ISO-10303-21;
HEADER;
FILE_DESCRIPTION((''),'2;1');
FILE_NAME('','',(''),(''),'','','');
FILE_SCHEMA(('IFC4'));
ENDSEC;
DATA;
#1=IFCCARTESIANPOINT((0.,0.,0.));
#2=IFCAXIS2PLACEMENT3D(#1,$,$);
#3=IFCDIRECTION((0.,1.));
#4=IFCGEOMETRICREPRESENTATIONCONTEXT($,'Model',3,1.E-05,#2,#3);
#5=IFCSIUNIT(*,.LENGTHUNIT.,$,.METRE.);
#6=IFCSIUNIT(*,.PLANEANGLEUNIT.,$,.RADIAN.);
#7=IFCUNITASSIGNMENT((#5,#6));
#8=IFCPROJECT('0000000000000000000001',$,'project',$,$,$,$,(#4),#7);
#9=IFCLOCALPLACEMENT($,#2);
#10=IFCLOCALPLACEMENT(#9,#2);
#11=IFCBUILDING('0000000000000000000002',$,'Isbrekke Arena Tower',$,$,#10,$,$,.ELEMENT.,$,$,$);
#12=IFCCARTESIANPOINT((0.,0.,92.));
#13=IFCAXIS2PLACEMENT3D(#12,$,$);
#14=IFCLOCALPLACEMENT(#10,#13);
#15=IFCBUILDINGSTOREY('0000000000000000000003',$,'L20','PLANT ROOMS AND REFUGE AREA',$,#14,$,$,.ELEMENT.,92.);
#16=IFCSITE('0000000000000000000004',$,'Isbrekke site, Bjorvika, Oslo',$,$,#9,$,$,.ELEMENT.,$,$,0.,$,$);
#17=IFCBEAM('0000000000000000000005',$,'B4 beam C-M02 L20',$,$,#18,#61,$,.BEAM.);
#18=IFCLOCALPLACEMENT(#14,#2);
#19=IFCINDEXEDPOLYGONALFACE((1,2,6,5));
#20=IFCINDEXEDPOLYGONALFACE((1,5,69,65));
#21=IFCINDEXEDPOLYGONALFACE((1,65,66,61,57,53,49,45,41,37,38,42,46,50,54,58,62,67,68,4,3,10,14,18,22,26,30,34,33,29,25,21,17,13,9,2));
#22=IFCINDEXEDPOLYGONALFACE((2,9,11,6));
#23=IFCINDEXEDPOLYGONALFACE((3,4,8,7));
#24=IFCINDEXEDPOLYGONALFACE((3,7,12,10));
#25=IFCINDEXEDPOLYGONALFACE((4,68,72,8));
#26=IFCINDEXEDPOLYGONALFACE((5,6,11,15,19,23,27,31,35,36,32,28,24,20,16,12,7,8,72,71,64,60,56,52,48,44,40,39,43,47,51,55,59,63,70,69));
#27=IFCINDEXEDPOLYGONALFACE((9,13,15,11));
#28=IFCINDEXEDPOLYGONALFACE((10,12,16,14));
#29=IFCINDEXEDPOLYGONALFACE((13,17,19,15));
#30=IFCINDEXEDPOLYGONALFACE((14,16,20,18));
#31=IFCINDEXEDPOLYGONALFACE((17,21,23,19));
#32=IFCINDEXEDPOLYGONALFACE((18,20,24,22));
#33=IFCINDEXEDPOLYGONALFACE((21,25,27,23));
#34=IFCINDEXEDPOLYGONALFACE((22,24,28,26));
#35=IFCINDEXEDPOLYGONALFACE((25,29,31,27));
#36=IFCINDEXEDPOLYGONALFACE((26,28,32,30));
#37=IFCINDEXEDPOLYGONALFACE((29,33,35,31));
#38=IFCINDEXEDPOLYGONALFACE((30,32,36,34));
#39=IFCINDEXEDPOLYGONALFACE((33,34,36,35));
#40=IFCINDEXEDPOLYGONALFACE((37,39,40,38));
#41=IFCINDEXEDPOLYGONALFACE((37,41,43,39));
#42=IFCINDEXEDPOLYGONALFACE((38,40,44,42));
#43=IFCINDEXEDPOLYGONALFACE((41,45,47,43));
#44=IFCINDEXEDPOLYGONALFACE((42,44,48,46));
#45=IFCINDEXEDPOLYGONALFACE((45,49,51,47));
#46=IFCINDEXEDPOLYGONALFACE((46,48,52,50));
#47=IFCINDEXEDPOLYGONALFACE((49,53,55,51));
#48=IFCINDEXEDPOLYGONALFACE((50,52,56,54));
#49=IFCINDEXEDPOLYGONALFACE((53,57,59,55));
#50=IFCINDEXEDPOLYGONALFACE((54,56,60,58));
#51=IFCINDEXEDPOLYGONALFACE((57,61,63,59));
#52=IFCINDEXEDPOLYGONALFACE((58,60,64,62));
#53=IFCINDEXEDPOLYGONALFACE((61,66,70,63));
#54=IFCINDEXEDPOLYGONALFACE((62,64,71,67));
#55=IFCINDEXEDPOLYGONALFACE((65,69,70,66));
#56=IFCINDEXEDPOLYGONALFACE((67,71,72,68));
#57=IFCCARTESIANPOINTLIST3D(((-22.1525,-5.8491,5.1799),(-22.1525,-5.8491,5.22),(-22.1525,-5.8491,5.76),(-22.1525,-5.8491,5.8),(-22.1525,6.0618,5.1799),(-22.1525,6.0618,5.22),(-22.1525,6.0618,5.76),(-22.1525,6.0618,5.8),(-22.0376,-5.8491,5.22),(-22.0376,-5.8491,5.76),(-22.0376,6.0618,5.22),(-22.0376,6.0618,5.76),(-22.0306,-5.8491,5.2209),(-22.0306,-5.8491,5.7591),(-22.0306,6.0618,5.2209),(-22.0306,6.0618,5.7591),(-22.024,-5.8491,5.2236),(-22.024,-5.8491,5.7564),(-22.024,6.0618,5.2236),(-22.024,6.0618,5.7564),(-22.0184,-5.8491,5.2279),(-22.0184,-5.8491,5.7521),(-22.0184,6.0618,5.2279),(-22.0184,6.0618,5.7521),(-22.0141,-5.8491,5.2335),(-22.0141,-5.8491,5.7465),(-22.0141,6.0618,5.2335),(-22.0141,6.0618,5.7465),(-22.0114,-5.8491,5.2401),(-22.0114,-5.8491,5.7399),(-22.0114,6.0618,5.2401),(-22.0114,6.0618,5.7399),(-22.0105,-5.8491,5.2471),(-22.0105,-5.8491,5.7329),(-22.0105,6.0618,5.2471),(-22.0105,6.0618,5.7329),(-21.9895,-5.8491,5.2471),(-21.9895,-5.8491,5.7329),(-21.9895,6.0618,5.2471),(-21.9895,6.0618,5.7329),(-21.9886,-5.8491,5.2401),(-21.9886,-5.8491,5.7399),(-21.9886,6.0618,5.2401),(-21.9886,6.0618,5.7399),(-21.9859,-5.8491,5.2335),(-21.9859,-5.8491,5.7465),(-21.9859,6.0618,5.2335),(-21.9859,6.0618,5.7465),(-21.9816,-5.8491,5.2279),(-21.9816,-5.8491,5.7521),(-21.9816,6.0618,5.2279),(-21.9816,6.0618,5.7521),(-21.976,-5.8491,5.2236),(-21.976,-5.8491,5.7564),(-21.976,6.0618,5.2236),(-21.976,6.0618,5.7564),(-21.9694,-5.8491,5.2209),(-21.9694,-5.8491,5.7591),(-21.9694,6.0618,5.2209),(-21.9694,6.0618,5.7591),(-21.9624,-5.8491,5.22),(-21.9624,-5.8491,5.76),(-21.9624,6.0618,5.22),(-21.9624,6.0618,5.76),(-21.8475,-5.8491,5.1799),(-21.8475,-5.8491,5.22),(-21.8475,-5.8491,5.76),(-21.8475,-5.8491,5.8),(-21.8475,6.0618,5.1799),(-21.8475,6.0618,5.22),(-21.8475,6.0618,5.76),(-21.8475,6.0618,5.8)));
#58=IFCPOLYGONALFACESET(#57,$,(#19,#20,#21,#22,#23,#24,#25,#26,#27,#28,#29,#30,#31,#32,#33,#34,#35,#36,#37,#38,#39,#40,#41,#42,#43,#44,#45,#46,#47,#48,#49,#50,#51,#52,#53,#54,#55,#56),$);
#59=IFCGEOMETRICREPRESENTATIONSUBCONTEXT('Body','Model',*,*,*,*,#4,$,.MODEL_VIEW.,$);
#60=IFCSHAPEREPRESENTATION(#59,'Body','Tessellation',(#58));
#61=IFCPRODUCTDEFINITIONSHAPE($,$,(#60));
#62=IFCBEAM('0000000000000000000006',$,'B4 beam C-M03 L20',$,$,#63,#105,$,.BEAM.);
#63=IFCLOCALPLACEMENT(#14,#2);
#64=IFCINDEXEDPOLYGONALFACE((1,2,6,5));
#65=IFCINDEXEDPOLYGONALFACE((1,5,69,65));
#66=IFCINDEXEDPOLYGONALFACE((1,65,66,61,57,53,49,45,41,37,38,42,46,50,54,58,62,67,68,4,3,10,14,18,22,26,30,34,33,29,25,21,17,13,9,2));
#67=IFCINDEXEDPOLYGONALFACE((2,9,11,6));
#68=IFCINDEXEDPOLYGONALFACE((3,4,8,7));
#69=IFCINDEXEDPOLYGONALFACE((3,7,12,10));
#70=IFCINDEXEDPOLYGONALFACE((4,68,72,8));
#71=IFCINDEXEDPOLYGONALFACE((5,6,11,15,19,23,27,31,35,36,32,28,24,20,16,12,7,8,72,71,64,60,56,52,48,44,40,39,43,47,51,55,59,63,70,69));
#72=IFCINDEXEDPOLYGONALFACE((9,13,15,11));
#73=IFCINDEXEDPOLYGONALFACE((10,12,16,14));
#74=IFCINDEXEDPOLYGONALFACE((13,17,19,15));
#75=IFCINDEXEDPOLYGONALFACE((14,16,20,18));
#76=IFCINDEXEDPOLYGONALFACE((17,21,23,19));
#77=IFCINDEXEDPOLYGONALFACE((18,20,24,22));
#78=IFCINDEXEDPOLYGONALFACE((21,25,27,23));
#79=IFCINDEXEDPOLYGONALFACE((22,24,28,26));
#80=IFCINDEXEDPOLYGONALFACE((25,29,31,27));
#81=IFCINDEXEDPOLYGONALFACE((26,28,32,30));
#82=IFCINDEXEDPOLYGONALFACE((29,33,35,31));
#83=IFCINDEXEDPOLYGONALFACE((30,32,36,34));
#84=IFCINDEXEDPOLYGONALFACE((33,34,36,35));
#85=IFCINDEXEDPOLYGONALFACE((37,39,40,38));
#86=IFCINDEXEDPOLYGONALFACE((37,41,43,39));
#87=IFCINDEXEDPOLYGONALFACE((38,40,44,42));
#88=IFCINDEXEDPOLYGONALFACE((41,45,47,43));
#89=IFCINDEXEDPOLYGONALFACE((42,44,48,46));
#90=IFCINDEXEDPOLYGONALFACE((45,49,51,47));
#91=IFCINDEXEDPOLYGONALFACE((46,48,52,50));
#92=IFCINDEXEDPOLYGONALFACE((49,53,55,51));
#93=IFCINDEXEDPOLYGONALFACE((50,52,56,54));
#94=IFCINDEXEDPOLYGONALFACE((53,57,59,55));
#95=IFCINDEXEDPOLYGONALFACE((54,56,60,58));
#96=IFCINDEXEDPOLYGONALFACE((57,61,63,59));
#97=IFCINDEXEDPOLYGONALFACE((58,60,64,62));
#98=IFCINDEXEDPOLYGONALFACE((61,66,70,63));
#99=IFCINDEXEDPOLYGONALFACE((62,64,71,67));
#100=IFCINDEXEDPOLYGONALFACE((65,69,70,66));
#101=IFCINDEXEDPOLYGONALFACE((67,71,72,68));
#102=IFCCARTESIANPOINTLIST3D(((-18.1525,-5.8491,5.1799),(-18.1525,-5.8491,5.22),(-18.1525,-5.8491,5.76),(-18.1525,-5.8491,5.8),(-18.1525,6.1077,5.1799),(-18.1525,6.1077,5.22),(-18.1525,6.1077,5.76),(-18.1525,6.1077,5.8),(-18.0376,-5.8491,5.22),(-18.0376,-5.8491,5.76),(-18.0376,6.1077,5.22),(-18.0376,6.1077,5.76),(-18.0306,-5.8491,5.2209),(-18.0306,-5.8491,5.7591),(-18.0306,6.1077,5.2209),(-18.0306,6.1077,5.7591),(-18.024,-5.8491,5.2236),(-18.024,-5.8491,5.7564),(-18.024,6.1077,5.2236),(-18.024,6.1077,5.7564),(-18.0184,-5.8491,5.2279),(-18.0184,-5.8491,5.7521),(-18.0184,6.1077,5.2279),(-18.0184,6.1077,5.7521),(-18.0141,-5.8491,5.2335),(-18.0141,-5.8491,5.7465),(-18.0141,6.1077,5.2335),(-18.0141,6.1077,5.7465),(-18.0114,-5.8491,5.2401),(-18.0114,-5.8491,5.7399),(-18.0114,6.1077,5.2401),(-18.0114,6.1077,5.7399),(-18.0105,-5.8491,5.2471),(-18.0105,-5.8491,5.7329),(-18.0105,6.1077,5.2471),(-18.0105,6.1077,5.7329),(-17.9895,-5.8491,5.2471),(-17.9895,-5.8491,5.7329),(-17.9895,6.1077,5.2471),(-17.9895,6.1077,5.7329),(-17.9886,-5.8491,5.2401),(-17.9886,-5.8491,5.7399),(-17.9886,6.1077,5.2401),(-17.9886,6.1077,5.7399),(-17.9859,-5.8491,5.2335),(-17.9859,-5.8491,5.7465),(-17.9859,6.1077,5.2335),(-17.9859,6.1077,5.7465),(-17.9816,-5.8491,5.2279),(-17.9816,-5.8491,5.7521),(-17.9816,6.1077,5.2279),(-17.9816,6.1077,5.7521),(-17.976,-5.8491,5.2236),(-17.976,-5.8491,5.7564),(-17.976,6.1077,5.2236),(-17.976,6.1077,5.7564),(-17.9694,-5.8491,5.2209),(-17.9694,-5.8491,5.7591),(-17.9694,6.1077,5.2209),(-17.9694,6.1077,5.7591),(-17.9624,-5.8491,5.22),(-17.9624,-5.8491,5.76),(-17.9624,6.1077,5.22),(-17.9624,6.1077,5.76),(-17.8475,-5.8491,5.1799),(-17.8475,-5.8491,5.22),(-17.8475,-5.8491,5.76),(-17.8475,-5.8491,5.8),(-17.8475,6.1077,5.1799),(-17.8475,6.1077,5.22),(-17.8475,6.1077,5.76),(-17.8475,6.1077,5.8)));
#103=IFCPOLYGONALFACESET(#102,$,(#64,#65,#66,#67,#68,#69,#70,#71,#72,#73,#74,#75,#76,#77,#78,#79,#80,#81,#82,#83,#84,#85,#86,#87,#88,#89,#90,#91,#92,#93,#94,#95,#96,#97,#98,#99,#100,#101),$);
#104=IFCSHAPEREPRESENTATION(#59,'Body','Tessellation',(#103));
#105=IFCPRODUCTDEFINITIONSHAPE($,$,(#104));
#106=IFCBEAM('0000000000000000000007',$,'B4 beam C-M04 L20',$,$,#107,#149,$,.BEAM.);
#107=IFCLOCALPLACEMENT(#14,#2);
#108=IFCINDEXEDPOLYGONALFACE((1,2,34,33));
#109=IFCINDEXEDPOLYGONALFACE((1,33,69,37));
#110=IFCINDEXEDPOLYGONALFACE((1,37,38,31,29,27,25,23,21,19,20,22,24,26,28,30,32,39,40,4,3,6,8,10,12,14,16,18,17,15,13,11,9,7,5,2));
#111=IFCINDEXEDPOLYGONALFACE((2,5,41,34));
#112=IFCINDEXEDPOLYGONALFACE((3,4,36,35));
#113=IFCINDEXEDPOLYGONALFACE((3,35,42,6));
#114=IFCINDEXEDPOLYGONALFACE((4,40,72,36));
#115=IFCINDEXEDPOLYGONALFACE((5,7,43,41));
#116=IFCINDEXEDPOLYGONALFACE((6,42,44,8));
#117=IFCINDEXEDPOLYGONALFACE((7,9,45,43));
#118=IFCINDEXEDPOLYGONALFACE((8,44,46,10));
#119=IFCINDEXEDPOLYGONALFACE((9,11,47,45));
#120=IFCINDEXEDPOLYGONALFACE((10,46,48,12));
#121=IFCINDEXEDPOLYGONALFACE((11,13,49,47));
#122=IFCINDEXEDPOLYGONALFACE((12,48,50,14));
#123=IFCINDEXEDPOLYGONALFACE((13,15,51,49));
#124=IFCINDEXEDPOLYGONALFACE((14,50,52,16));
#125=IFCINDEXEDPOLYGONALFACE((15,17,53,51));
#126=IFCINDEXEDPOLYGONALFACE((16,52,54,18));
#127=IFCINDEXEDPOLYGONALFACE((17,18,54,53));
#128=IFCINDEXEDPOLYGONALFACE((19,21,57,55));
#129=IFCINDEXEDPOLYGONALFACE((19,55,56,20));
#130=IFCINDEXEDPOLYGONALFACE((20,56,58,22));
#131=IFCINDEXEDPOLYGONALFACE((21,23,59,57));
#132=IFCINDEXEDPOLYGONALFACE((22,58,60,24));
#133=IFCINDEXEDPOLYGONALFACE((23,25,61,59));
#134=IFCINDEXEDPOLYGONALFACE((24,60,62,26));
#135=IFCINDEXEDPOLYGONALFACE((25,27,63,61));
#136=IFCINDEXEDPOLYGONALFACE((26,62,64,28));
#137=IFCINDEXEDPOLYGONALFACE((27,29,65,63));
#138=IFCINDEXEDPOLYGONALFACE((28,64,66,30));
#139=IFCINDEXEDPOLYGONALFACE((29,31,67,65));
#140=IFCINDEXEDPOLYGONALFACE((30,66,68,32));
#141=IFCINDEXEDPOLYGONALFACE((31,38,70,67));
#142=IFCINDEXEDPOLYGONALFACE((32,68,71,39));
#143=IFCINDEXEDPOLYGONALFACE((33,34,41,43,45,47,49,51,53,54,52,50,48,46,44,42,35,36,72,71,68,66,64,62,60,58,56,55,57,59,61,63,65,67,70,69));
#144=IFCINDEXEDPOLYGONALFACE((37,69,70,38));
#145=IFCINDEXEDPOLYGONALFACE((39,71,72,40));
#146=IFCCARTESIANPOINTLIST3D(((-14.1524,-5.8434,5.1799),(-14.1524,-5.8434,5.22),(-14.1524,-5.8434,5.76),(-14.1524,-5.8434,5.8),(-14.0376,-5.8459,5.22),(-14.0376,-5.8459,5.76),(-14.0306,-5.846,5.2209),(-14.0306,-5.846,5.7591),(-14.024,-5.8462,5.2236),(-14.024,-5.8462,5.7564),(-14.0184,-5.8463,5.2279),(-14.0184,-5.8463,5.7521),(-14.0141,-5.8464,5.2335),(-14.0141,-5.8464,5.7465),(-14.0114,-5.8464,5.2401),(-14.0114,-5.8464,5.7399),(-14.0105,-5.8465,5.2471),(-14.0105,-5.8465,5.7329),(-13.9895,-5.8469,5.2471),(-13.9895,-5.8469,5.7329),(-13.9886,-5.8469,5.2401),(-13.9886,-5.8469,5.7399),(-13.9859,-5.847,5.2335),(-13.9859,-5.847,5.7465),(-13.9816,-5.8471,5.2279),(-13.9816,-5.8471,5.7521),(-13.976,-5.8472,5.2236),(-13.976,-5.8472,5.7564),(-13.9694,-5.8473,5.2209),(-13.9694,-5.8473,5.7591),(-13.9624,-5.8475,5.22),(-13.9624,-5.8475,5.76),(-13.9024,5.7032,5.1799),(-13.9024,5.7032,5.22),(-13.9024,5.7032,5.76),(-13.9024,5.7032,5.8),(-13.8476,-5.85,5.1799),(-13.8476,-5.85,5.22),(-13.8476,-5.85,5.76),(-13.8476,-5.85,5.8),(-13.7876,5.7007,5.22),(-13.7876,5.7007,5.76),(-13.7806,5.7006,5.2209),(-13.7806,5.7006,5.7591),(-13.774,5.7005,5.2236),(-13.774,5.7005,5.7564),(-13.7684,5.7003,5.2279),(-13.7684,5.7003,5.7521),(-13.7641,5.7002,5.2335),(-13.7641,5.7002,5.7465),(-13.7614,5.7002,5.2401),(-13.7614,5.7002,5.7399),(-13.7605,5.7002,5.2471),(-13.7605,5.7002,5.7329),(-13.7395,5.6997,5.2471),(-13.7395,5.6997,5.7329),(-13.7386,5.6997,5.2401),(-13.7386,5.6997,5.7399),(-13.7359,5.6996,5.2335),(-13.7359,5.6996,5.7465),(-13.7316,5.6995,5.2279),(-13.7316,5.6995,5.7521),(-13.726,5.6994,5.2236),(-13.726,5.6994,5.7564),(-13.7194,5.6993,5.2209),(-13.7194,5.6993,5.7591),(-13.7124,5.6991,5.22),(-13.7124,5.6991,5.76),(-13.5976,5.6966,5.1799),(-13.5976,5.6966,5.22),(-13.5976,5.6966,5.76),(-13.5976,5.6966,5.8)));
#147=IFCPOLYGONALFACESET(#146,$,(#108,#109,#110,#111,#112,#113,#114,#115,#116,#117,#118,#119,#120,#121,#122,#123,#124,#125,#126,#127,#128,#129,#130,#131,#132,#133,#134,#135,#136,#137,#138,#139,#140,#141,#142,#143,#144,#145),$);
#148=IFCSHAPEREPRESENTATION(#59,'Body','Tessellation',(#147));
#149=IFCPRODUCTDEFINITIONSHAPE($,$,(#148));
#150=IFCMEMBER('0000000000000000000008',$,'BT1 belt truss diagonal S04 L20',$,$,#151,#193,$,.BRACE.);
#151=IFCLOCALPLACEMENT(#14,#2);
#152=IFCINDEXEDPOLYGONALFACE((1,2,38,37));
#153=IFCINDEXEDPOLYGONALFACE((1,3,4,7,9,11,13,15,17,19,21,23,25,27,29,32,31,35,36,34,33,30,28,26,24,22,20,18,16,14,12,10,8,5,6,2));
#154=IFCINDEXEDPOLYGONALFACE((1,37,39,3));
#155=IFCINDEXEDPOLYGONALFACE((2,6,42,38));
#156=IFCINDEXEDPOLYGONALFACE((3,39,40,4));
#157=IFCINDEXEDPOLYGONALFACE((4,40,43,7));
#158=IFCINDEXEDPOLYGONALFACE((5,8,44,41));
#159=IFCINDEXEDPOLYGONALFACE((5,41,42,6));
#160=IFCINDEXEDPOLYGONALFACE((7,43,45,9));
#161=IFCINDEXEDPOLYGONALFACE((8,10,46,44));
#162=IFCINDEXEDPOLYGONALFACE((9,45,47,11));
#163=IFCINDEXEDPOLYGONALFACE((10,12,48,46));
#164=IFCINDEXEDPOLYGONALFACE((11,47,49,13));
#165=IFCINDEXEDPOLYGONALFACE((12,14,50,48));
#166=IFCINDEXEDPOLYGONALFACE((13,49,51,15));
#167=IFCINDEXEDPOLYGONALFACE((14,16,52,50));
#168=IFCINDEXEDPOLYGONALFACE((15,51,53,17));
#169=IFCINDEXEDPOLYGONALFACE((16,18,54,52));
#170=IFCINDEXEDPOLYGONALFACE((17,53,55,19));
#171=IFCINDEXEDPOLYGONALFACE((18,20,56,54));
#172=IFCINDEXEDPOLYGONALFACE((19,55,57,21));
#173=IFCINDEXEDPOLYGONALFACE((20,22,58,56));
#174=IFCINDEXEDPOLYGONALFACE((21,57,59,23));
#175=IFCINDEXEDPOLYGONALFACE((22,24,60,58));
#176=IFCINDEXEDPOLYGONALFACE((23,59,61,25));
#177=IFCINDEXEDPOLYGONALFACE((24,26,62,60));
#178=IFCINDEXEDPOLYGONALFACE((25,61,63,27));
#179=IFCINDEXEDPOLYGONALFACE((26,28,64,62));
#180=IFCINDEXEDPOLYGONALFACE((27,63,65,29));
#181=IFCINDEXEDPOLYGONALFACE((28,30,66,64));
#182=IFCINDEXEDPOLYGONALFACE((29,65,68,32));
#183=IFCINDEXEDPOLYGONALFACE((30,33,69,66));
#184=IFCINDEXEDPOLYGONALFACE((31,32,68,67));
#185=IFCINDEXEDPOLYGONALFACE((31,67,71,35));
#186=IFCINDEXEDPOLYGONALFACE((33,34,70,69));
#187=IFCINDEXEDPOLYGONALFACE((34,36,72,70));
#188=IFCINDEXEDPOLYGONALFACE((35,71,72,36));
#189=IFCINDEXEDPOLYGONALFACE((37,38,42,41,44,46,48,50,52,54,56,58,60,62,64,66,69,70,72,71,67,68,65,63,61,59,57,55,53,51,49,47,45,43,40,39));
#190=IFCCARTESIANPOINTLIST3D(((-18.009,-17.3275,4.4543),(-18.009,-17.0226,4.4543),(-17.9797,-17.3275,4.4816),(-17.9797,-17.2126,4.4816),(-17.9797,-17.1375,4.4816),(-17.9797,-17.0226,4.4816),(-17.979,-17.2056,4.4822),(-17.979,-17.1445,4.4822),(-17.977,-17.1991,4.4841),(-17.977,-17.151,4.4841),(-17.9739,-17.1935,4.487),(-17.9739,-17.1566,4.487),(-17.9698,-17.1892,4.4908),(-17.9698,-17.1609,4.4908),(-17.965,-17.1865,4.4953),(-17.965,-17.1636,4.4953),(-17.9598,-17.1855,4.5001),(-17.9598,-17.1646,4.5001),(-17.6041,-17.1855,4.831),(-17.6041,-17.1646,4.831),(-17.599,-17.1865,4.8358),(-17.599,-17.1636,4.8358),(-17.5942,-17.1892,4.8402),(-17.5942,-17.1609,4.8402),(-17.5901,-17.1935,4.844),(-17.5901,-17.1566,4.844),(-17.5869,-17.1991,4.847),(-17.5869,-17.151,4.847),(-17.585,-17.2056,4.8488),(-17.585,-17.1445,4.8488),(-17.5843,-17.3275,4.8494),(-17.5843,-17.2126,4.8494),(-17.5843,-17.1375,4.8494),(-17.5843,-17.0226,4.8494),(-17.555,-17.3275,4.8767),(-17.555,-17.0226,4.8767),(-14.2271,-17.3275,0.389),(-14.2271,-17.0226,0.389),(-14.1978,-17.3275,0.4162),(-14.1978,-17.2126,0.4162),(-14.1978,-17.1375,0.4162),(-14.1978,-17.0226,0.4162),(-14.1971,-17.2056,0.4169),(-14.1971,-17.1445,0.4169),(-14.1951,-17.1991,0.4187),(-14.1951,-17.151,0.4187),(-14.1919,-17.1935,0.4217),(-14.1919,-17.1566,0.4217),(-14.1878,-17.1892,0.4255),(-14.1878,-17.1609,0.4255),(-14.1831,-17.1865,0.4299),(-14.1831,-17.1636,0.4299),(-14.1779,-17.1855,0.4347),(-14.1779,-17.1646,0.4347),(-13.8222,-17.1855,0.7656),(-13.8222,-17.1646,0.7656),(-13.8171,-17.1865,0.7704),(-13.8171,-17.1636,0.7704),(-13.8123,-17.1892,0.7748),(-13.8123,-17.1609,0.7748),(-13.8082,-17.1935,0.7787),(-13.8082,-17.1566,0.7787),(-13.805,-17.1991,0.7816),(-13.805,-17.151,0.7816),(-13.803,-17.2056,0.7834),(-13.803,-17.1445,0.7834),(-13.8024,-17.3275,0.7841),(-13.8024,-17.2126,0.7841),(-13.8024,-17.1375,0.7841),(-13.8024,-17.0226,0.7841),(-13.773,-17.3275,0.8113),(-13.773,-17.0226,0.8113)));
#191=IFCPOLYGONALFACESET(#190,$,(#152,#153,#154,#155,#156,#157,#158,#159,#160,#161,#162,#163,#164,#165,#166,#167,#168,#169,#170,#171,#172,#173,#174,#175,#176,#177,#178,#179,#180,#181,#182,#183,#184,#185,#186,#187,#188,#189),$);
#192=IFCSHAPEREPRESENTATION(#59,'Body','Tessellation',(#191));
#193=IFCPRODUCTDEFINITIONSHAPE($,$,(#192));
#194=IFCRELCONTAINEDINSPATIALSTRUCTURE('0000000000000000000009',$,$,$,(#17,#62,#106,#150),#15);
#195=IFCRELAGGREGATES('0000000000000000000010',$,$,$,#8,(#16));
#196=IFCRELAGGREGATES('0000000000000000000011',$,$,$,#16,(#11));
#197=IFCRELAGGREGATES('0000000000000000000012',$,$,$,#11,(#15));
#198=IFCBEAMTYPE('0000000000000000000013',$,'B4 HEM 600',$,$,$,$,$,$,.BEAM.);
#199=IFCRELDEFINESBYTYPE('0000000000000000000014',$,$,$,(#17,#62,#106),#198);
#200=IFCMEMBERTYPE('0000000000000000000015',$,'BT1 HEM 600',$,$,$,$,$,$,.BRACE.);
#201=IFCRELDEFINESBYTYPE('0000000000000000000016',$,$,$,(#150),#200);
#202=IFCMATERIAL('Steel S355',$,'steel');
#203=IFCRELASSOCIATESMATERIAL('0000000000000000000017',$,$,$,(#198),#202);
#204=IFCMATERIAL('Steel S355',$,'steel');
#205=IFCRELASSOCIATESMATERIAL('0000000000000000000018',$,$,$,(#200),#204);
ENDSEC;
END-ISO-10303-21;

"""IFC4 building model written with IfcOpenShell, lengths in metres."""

from ifc_helpers import new_model, si_unit, direction, frame, origin, origin_2d, place, context, subcontext, project, spatial, i_section, extrude, material, material_profile, profile_set, type_object, element, save


model = new_model("IFC4")

# Units and contexts
model_context = context("Model", 3, precision=1e-05, world=origin(), true_north=direction((0.0, 1.0)))
body_context = subcontext(model_context, "Body", "Model", "MODEL_VIEW")
ifc_project = project(units=[si_unit("LENGTHUNIT", "METRE"), si_unit("PLANEANGLEUNIT", "RADIAN")], contexts=[model_context])

# Site, building, storey
site_placement = place(None, origin())
site = spatial("IfcSite", under=ifc_project, at=site_placement, Name="Isbrekke site, Bjorvika, Oslo", CompositionType="ELEMENT", RefElevation=0.0)
building_placement = place(site_placement, origin())
building = spatial("IfcBuilding", under=site, at=building_placement, Name="Isbrekke Arena Tower", CompositionType="ELEMENT")
storey_placement = place(building_placement, frame((0.0, 0.0, 92.0)))
storey = spatial("IfcBuildingStorey", under=building, at=storey_placement, Name="L20", Description="PLANT ROOMS AND REFUGE AREA", CompositionType="ELEMENT", Elevation=92.0)

# Beams
ifc_material_1 = material(Name="Steel S355", Category="steel")
ifc_material_profile_1 = material_profile(ifc_material_1, i_section(OverallWidth=0.3049, OverallDepth=0.6201, WebThickness=0.021, FlangeThickness=0.04, FilletRadius=0.0271, at=origin_2d()), Name="HEM 600")
ifc_profile_set_1 = profile_set([ifc_material_profile_1], Name="Steel S355")
beam_type_1 = type_object("IfcBeamType", Name="B4 HEM 600", PredefinedType="BEAM", material=ifc_profile_set_1)
beam_1_placement = place(storey_placement, frame((-22.0, -5.8491, 5.49), z_axis=(0.0, 1.0, 0.0), x_axis=(-1.0, 0.0, 0.0)))
element("IfcBeam", 1, at=beam_1_placement, inside=storey, type_object=beam_type_1, Name="B4 beam C-M02 L20", PredefinedType="BEAM", context=body_context, shape_type="SweptSolid", body=[
    extrude(i_section(OverallWidth=0.3049, OverallDepth=0.6201, WebThickness=0.021, FlangeThickness=0.04, FilletRadius=0.0271, at=origin_2d()), origin(), (0.0, 0.0, 1.0), 11.9109),
])
beam_2_placement = place(storey_placement, frame((-18.0, -5.8491, 5.49), z_axis=(0.0, 1.0, 0.0), x_axis=(-1.0, 0.0, 0.0)))
element("IfcBeam", 2, at=beam_2_placement, inside=storey, type_object=beam_type_1, Name="B4 beam C-M03 L20", PredefinedType="BEAM", context=body_context, shape_type="SweptSolid", body=[
    extrude(i_section(OverallWidth=0.3049, OverallDepth=0.6201, WebThickness=0.021, FlangeThickness=0.04, FilletRadius=0.0271, at=origin_2d()), origin(), (0.0, 0.0, 1.0), 11.9568),
])
beam_3_placement = place(storey_placement, frame((-14.0, -5.8467, 5.49), z_axis=(0.021646, 0.999766, 0.0), x_axis=(-0.999766, 0.021646, 0.0)))
element("IfcBeam", 3, at=beam_3_placement, inside=storey, type_object=beam_type_1, Name="B4 beam C-M04 L20", PredefinedType="BEAM", context=body_context, shape_type="SweptSolid", body=[
    extrude(i_section(OverallWidth=0.3049, OverallDepth=0.6201, WebThickness=0.021, FlangeThickness=0.04, FilletRadius=0.0271, at=origin_2d()), origin(), (0.0, 0.0, 1.0), 11.5493),
])

# Member
ifc_material_2 = material(Name="Steel S355", Category="steel")
ifc_material_profile_2 = material_profile(ifc_material_2, i_section(OverallWidth=0.3049, OverallDepth=0.6201, WebThickness=0.021, FlangeThickness=0.04, FilletRadius=0.0271, at=origin_2d()), Name="HEM 600")
ifc_profile_set_2 = profile_set([ifc_material_profile_2], Name="Steel S355")
member_type_1 = type_object("IfcMemberType", Name="BT1 HEM 600", PredefinedType="BRACE", material=ifc_profile_set_2)
for number, where, z_axis, x_axis, name in (
    (4, (-17.782, -17.175, 4.6655), (0.681122, 0.0, -0.73217), (0.0, 1.0, 0.0), "BT1 belt truss diagonal S04 L20"),
):
    element("IfcMember", number, at=place(storey_placement, frame(where, z_axis=z_axis, x_axis=x_axis)), inside=storey, type_object=member_type_1, Name=name, PredefinedType="BRACE", context=body_context, shape_type="SweptSolid", body=[
        extrude(i_section(OverallWidth=0.3049, OverallDepth=0.6201, WebThickness=0.021, FlangeThickness=0.04, FilletRadius=0.0271, at=origin_2d()), origin(), (0.0, 0.0, 1.0), 5.5525),
    ])

save(model, "model.ifc")
